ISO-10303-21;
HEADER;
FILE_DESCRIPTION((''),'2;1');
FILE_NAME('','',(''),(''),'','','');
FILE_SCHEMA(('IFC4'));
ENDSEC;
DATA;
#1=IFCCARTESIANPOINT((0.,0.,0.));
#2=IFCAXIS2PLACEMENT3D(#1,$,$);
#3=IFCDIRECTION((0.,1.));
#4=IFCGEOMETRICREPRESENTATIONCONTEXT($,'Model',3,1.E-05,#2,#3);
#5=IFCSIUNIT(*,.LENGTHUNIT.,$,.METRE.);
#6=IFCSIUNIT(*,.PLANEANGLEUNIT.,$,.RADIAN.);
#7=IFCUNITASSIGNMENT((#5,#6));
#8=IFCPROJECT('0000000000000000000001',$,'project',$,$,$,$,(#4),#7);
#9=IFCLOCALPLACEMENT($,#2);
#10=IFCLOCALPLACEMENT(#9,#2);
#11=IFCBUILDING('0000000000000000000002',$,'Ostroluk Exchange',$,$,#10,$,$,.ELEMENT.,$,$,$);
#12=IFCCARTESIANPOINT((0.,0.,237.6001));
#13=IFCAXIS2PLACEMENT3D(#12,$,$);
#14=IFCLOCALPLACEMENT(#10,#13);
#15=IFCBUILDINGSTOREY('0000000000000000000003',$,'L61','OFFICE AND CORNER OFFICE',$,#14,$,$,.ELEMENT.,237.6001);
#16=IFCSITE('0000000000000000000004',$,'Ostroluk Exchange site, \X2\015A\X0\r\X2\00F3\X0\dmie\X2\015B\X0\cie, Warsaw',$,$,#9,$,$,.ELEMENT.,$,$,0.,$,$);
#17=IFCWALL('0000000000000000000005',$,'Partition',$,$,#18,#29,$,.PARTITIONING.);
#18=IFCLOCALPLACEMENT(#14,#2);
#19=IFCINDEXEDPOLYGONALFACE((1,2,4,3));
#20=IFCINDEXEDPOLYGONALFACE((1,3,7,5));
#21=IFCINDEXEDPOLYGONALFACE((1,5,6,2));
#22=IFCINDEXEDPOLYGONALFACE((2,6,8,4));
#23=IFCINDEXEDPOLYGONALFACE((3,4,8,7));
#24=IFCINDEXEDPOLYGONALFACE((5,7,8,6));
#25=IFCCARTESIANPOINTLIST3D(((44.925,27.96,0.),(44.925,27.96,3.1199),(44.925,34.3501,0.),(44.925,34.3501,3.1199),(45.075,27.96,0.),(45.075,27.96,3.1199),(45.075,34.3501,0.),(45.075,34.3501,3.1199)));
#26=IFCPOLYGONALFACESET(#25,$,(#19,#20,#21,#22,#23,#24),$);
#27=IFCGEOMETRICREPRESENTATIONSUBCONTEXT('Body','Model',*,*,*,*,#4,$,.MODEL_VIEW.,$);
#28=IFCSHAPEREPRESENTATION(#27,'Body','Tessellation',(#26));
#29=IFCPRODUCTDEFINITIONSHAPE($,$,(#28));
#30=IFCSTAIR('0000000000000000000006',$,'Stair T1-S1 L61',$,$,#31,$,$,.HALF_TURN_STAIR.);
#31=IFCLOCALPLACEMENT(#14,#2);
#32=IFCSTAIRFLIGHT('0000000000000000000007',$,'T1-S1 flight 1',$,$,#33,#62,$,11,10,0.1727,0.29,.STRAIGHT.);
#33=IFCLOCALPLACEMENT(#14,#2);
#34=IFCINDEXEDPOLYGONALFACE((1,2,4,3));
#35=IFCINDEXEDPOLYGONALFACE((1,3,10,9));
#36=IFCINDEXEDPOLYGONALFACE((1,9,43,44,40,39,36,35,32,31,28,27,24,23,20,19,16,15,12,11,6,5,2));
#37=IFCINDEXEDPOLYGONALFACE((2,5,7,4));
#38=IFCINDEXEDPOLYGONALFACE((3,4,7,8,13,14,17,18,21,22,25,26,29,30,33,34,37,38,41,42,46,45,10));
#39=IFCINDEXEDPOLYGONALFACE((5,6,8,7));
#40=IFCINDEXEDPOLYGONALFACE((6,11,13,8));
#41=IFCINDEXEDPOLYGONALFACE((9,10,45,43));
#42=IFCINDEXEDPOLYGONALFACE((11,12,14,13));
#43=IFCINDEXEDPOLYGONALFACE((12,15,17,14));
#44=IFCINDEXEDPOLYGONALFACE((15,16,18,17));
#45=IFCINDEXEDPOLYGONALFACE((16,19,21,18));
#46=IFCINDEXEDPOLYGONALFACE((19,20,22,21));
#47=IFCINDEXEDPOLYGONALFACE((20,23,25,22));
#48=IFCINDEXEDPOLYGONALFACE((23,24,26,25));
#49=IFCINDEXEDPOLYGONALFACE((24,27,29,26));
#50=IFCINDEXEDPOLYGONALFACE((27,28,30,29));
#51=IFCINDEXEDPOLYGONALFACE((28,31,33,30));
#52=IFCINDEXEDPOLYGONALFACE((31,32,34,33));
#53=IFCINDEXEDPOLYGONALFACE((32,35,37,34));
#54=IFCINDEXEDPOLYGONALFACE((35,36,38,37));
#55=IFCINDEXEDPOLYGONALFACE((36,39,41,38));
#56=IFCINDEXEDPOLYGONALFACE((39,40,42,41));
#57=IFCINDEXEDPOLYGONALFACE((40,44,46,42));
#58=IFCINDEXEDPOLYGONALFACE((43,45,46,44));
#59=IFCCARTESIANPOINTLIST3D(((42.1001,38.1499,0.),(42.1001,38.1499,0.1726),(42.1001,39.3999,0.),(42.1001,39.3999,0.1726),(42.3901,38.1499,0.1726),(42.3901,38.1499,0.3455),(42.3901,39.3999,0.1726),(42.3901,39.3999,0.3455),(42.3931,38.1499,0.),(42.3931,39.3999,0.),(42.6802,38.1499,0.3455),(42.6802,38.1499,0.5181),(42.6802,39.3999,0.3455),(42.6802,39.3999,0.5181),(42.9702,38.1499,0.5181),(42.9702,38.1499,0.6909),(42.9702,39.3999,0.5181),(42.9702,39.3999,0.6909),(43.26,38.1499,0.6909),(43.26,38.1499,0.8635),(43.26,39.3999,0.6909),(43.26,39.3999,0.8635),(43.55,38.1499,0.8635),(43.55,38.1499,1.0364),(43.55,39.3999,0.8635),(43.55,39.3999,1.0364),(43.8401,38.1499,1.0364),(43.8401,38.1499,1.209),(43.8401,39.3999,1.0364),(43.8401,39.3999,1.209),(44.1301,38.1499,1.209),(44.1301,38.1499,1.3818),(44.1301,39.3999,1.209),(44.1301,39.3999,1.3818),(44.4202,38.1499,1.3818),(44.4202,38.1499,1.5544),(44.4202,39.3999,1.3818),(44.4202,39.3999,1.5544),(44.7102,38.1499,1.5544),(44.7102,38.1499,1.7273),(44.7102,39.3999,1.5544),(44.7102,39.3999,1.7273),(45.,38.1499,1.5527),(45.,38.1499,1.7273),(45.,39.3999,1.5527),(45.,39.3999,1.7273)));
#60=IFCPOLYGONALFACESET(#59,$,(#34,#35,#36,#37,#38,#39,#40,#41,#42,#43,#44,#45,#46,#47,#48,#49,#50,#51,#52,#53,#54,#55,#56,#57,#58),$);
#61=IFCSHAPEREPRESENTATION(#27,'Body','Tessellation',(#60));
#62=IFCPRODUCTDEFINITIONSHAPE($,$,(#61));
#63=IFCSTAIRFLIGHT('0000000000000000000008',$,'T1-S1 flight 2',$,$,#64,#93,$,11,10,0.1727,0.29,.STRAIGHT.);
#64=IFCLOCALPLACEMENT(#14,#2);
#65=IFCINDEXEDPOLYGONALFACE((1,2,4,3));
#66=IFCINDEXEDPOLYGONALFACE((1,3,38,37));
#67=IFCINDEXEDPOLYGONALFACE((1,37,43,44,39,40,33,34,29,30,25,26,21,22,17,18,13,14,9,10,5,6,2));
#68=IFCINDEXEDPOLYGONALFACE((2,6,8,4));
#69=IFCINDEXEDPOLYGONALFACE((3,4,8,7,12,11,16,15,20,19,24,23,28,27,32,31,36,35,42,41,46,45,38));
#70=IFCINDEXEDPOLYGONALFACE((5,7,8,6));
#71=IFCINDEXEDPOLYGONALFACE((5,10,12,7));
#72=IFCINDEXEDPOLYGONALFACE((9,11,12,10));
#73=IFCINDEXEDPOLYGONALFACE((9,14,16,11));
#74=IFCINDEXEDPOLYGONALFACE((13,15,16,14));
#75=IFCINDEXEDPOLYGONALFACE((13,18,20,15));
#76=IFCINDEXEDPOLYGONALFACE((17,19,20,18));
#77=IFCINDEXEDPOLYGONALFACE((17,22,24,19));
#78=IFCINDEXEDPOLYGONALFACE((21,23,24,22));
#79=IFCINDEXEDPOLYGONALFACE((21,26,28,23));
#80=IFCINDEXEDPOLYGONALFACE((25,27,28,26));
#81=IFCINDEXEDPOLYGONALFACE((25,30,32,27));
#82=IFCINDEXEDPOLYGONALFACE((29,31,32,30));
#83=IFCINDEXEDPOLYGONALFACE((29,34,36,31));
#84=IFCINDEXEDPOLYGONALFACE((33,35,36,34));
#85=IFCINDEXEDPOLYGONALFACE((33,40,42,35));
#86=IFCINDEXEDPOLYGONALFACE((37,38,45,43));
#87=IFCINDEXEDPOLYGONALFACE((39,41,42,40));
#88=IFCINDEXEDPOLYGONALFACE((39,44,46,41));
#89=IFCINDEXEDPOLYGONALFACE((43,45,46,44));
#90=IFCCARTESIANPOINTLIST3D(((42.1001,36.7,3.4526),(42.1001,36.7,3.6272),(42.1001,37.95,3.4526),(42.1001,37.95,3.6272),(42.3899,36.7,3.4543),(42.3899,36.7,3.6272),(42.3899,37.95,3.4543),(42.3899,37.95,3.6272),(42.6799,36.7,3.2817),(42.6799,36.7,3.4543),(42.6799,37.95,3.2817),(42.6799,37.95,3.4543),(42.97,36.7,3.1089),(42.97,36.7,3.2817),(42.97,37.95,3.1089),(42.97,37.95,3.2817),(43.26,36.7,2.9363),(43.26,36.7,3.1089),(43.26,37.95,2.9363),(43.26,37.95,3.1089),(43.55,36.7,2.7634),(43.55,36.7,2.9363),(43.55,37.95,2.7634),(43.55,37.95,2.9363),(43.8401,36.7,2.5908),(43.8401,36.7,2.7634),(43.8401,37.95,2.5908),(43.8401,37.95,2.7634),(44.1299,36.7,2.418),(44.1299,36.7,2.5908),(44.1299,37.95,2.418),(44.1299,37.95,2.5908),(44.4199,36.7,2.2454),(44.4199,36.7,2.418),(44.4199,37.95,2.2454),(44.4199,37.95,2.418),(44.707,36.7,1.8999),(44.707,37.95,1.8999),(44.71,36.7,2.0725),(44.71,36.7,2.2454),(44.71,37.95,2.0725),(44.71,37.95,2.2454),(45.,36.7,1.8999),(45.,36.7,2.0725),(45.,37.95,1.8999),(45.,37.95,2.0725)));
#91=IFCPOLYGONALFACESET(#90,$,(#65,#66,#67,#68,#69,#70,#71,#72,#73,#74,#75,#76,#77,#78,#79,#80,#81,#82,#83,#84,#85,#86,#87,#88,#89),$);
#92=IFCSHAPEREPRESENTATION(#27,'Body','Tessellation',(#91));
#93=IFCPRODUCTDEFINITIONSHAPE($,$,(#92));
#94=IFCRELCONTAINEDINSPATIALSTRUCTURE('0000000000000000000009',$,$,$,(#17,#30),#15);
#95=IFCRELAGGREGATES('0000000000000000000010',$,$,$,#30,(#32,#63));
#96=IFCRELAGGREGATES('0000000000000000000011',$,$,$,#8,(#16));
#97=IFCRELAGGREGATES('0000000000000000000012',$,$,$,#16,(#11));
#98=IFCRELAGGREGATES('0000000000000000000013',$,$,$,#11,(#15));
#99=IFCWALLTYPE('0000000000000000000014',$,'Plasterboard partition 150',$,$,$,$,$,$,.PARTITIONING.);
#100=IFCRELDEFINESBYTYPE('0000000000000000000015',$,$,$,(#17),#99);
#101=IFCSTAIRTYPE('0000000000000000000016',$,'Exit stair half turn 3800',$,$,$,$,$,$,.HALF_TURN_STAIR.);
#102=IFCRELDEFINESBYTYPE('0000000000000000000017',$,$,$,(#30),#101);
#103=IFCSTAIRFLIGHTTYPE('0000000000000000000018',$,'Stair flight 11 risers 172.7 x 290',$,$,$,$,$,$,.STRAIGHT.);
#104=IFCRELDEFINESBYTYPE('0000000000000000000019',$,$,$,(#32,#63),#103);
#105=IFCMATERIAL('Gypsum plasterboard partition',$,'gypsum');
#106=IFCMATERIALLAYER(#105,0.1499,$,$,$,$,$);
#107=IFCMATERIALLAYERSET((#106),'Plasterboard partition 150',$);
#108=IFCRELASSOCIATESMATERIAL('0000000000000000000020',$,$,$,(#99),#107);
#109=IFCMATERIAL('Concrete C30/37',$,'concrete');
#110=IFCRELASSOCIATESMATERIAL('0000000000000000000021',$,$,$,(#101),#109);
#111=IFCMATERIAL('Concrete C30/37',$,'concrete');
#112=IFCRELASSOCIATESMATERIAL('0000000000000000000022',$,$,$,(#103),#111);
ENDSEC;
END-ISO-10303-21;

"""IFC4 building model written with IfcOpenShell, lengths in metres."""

from ifc_helpers import new_model, si_unit, direction, frame, frame_2d, origin, place, context, subcontext, project, spatial, polyline, rectangle, outline, extrude, material, layer, layer_set, type_object, element, aggregate, save


model = new_model("IFC4")

# Units and contexts
model_context = context("Model", 3, precision=1e-05, world=origin(), true_north=direction((0.0, 1.0)))
body_context = subcontext(model_context, "Body", "Model", "MODEL_VIEW")
ifc_project = project(units=[si_unit("LENGTHUNIT", "METRE"), si_unit("PLANEANGLEUNIT", "RADIAN")], contexts=[model_context])

# Site, building, storey
site_placement = place(None, origin())
site = spatial("IfcSite", under=ifc_project, at=site_placement, Name="Ostroluk Exchange site, Śródmieście, Warsaw", CompositionType="ELEMENT", RefElevation=0.0)
building_placement = place(site_placement, origin())
building = spatial("IfcBuilding", under=site, at=building_placement, Name="Ostroluk Exchange", CompositionType="ELEMENT")
storey_placement = place(building_placement, frame((0.0, 0.0, 237.6001)))
storey = spatial("IfcBuildingStorey", under=building, at=storey_placement, Name="L61", Description="OFFICE AND CORNER OFFICE", CompositionType="ELEMENT", Elevation=237.6001)

# Wall
ifc_material_1 = material(Name="Gypsum plasterboard partition", Category="gypsum")
ifc_layer_1 = layer(ifc_material_1, 0.1499)
ifc_layer_set_1 = layer_set([ifc_layer_1], Name="Plasterboard partition 150")
wall_type_1 = type_object("IfcWallType", Name="Plasterboard partition 150", PredefinedType="PARTITIONING", material=ifc_layer_set_1)
wall_1_placement = place(storey_placement, frame((45.0, 34.3501, 0.0), z_axis=(0.0, 0.0, 1.0), x_axis=(0.0, -1.0, 0.0)))
element("IfcWall", 1, at=wall_1_placement, inside=storey, type_object=wall_type_1, Name="Partition", PredefinedType="PARTITIONING", context=body_context, shape_type="SweptSolid", body=[
    extrude(rectangle(XDim=6.3901, YDim=0.1499, at=frame_2d((3.1951, 0.0))), origin(), (0.0, 0.0, 1.0), 3.1199),
])

# Stair, stair flights
ifc_material_2 = material(Name="Concrete C30/37", Category="concrete")
stair_type = type_object("IfcStairType", Name="Exit stair half turn 3800", PredefinedType="HALF_TURN_STAIR", material=ifc_material_2)
stair_placement = place(storey_placement, origin())
stair = element("IfcStair", 2, at=stair_placement, inside=storey, type_object=stair_type, Name="Stair T1-S1 L61", PredefinedType="HALF_TURN_STAIR")
ifc_material_3 = material(Name="Concrete C30/37", Category="concrete")
stair_flight_type = type_object("IfcStairFlightType", Name="Stair flight 11 risers 172.7 x 290", PredefinedType="STRAIGHT", material=ifc_material_3)
stair_flight_1_placement = place(storey_placement, frame((42.1001, 38.7749, 0.0), z_axis=(0.0, 0.0, 1.0), x_axis=(1.0, 0.0, 0.0)))
stair_flight_1 = element("IfcStairFlight", 3, at=stair_flight_1_placement, type_object=stair_flight_type, Name="T1-S1 flight 1", NumberOfRisers=11, NumberOfTreads=10, PredefinedType="STRAIGHT", RiserHeight=0.1727, TreadLength=0.29, context=body_context, shape_type="SweptSolid", body=[
    extrude(outline(polyline([(0.0, 0.0), (0.0, 0.1726), (0.29, 0.1726), (0.29, 0.3455), (0.5801, 0.3455), (0.5801, 0.5181), (0.8701, 0.5181), (0.8701, 0.6909), (1.1599, 0.6909), (1.1599, 0.8635), (1.45, 0.8635), (1.45, 1.0364), (1.74, 1.0364), (1.74, 1.209), (2.03, 1.209), (2.03, 1.3818), (2.3201, 1.3818), (2.3201, 1.5544), (2.6101, 1.5544), (2.6101, 1.7273), (2.8999, 1.7273), (2.8999, 1.8999), (2.8999, 1.5527), (0.293, 0.0), (0.0, 0.0)])), frame((0.0, 0.625, 0.0), z_axis=(0.0, -1.0, 0.0), x_axis=(1.0, 0.0, 0.0)), (0.0, 0.0, 1.0), 1.25),
])
stair_flight_2_placement = place(storey_placement, frame((45.0, 37.325, 1.8999), z_axis=(0.0, 0.0, 1.0), x_axis=(-1.0, 0.0, 0.0)))
stair_flight_2 = element("IfcStairFlight", 4, at=stair_flight_2_placement, type_object=stair_flight_type, Name="T1-S1 flight 2", NumberOfRisers=11, NumberOfTreads=10, PredefinedType="STRAIGHT", RiserHeight=0.1727, TreadLength=0.29, context=body_context, shape_type="SweptSolid", body=[
    extrude(outline(polyline([(0.0, 0.0), (0.0, 0.1726), (0.29, 0.1726), (0.29, 0.3455), (0.5801, 0.3455), (0.5801, 0.5181), (0.8701, 0.5181), (0.8701, 0.6909), (1.1599, 0.6909), (1.1599, 0.8635), (1.45, 0.8635), (1.45, 1.0364), (1.74, 1.0364), (1.74, 1.209), (2.03, 1.209), (2.03, 1.3818), (2.3201, 1.3818), (2.3201, 1.5544), (2.6101, 1.5544), (2.6101, 1.7273), (2.8999, 1.7273), (2.8999, 1.8999), (2.8999, 1.5527), (0.293, 0.0), (0.0, 0.0)])), frame((0.0, 0.625, 0.0), z_axis=(0.0, -1.0, 0.0), x_axis=(1.0, 0.0, 0.0)), (0.0, 0.0, 1.0), 1.25),
])
aggregate(stair, [stair_flight_1, stair_flight_2])

save(model, "model.ifc")
